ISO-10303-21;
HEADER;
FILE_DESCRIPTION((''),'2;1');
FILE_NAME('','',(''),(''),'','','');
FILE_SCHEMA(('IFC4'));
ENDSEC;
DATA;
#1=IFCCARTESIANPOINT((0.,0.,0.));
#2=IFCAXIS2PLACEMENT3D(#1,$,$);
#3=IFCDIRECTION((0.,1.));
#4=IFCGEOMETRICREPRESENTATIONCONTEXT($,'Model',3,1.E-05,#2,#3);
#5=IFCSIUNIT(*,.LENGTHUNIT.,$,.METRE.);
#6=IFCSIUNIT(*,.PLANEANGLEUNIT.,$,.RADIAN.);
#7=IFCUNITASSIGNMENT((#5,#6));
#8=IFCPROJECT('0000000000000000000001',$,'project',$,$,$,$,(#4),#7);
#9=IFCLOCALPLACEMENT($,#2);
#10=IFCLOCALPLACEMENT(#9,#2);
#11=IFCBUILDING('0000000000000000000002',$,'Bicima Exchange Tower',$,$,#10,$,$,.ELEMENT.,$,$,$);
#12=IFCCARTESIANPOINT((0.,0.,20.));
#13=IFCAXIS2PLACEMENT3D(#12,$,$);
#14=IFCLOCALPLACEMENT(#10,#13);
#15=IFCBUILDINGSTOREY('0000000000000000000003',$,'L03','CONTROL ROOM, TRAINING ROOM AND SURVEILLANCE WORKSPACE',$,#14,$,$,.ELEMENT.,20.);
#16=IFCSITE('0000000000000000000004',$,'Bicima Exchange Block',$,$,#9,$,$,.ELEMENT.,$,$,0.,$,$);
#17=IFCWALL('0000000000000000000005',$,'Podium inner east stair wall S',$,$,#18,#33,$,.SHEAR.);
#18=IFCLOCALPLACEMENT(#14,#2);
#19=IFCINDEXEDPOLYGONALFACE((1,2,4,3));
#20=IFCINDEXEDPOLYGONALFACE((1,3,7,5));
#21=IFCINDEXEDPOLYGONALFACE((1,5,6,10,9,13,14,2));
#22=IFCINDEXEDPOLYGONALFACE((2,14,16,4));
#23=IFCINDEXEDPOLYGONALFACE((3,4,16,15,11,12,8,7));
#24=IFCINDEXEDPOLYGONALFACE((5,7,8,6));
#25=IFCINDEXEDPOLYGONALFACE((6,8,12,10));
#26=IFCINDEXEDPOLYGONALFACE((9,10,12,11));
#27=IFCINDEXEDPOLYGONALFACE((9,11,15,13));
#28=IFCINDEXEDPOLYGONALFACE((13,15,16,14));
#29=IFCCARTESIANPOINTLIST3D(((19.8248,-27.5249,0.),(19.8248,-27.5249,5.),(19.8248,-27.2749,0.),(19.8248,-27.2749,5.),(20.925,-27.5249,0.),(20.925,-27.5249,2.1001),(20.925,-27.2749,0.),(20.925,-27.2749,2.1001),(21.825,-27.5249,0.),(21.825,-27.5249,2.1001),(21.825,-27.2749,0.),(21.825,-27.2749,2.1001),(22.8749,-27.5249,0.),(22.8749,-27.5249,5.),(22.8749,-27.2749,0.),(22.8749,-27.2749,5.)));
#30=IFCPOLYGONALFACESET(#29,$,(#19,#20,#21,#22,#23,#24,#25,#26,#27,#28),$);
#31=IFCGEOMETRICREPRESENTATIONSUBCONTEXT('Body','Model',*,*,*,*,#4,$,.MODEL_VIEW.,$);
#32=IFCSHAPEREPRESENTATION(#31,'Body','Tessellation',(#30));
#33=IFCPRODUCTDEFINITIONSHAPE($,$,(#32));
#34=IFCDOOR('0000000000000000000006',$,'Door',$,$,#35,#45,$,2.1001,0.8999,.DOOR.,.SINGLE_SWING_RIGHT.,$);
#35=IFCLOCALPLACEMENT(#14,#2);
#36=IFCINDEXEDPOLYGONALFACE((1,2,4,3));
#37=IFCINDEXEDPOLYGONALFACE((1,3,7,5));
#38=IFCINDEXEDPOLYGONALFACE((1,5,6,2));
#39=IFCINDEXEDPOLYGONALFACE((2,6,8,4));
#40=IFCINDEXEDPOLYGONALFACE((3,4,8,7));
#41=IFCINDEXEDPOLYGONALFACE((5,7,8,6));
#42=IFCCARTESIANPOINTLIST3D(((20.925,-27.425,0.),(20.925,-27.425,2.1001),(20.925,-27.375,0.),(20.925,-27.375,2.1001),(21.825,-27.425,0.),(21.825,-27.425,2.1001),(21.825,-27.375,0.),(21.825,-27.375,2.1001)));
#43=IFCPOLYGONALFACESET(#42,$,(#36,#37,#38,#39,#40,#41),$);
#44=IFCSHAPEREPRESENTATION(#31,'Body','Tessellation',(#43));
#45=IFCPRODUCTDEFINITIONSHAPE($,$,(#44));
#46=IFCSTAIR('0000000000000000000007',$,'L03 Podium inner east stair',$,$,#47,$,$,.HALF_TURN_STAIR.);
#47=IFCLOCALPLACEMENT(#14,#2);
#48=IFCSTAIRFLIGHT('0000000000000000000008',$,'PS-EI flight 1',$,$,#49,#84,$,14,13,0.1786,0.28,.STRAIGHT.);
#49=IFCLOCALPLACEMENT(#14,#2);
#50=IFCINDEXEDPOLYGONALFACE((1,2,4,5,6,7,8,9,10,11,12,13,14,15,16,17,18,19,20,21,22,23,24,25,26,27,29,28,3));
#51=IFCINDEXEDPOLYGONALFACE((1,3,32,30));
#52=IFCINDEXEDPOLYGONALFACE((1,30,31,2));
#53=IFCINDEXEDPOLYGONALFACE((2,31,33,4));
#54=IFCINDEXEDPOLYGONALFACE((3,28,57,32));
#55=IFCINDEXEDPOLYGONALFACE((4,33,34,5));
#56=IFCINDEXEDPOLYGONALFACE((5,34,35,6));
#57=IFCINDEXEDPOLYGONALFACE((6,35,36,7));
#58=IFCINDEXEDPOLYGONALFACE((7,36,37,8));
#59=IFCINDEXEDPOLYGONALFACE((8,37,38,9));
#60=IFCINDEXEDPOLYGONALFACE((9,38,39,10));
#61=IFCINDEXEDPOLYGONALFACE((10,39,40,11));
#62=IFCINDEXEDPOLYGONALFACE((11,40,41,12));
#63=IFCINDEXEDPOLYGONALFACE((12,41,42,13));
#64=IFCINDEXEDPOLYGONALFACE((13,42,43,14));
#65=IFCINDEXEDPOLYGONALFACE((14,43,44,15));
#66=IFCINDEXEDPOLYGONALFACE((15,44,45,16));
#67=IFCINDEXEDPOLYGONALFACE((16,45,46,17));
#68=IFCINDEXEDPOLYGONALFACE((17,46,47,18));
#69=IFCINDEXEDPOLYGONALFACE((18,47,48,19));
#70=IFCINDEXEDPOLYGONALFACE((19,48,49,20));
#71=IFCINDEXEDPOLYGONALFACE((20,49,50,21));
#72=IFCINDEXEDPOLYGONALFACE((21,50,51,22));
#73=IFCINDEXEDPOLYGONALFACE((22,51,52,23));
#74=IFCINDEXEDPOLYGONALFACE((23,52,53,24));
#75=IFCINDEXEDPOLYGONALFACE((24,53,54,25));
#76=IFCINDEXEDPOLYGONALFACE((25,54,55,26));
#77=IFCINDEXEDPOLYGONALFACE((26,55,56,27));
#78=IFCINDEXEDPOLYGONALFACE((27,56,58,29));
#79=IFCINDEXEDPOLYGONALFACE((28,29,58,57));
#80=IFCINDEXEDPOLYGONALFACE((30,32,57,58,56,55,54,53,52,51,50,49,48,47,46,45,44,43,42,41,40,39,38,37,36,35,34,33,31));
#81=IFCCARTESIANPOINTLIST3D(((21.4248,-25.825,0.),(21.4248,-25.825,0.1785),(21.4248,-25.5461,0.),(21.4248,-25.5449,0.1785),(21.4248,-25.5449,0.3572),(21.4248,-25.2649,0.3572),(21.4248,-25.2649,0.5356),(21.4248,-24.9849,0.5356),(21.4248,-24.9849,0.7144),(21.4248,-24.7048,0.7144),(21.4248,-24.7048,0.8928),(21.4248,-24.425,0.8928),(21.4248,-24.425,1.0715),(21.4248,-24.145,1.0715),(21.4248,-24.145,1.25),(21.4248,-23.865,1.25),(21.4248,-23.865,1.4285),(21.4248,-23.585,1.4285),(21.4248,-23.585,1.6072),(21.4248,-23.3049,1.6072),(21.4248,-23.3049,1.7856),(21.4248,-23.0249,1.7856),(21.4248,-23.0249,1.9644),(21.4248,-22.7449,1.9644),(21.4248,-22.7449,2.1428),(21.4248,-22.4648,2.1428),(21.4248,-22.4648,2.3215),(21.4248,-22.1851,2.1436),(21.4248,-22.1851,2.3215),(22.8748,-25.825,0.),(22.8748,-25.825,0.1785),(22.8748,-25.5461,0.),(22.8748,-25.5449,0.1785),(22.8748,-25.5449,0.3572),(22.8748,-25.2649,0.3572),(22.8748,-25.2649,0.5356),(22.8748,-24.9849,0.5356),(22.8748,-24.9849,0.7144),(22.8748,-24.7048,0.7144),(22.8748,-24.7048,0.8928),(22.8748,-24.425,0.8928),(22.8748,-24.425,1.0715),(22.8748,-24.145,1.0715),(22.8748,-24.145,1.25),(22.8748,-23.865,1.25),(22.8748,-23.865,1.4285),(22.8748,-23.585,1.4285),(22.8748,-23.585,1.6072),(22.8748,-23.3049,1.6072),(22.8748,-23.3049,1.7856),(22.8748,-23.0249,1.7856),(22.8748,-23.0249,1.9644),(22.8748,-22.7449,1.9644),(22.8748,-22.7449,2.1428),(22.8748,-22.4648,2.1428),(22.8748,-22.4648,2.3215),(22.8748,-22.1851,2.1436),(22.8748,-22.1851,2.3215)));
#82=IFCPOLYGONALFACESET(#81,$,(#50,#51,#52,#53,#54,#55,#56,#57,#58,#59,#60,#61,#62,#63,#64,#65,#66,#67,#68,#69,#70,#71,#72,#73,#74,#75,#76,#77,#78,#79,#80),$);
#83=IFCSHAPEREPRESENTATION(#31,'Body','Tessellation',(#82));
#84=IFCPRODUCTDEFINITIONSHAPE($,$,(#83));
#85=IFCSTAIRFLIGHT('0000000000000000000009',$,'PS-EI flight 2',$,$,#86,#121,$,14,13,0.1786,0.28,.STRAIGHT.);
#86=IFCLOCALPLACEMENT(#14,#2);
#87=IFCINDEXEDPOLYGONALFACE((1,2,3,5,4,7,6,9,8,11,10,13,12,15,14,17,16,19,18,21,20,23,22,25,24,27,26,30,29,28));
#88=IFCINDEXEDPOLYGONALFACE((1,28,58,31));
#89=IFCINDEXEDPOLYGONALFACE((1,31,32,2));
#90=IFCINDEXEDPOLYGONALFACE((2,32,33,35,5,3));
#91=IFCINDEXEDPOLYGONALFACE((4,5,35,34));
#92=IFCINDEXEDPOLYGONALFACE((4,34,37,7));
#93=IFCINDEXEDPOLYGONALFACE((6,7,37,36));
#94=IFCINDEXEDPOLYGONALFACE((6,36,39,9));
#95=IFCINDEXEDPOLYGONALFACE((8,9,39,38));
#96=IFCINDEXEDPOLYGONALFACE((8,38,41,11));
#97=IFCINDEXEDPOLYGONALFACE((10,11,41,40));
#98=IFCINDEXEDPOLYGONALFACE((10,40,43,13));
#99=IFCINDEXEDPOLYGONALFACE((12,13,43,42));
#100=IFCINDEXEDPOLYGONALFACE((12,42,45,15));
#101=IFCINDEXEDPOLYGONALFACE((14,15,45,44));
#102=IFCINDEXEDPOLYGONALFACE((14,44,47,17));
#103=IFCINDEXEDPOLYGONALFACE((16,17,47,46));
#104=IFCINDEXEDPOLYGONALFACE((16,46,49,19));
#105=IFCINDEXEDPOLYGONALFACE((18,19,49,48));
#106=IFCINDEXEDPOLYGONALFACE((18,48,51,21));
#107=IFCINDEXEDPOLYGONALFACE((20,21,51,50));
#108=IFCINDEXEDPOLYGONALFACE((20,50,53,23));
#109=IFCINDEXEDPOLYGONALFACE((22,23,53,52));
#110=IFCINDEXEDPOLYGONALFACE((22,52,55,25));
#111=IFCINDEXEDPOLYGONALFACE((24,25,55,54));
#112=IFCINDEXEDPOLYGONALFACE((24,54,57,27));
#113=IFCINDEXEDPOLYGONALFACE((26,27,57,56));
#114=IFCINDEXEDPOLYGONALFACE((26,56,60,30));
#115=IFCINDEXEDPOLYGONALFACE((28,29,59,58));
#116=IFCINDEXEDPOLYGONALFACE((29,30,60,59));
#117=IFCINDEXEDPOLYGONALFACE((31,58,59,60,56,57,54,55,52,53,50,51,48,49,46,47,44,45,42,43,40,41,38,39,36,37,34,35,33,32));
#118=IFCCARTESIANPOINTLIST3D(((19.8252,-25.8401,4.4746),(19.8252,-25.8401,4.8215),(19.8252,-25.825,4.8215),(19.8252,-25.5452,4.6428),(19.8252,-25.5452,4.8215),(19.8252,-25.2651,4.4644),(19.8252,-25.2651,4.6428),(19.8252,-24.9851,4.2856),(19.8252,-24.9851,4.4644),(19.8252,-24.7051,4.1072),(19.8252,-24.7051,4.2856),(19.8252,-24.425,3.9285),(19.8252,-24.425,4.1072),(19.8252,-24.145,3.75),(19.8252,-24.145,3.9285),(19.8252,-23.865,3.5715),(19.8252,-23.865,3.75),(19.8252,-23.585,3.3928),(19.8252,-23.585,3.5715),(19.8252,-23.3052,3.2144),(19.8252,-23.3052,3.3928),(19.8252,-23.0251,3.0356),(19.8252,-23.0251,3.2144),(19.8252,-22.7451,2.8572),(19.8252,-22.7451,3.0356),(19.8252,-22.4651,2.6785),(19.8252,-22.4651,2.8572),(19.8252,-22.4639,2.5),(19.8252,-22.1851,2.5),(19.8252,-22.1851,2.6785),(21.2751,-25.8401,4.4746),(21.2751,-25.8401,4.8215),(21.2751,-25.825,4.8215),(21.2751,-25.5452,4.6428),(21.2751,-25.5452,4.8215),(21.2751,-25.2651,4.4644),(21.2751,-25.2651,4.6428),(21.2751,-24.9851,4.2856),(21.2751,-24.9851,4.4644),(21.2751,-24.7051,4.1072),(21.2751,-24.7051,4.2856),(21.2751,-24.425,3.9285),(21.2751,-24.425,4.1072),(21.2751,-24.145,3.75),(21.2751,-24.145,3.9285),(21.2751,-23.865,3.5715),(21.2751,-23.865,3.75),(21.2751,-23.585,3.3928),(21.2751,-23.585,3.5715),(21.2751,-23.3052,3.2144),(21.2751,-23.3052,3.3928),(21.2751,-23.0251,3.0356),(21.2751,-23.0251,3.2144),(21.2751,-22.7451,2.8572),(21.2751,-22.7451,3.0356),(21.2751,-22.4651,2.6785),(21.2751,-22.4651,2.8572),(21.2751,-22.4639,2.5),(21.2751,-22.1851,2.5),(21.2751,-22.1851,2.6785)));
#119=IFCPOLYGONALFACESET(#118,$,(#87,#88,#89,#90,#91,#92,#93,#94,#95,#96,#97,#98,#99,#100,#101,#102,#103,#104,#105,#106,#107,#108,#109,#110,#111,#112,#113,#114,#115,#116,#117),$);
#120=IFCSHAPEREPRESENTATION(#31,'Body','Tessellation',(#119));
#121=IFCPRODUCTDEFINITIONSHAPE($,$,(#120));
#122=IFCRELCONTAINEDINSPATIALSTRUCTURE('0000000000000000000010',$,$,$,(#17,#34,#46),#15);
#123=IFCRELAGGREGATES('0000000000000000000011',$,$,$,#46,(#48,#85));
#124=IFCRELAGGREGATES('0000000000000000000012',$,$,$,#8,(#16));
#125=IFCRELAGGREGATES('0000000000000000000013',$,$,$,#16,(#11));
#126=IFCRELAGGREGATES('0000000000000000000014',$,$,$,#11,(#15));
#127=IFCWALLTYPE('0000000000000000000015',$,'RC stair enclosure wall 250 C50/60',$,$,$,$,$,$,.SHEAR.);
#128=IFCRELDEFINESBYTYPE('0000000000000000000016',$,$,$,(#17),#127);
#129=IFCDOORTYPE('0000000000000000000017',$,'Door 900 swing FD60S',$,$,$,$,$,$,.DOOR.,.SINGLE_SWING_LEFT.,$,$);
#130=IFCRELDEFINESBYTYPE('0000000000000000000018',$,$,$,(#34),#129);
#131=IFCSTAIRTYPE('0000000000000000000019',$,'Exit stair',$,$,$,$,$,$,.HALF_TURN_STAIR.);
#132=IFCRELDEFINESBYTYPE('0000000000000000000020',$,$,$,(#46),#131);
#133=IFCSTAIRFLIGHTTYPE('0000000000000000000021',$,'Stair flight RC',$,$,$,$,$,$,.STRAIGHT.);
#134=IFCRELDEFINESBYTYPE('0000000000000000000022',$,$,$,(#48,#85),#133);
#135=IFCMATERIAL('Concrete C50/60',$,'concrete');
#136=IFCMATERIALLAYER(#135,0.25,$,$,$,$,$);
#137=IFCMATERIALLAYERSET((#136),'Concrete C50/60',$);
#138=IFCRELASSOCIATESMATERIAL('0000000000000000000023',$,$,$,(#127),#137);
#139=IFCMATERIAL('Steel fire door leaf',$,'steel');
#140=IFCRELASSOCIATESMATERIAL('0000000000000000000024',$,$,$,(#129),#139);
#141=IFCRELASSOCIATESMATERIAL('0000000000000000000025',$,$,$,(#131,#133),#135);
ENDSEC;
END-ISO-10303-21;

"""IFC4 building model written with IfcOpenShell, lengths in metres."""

from ifc_helpers import new_model, si_unit, direction, frame, frame_2d, origin, place, context, subcontext, project, spatial, polyline, rectangle, outline, extrude, material, layer, layer_set, type_object, element, fill, aggregate, save


model = new_model("IFC4")

# Units and contexts
model_context = context("Model", 3, precision=1e-05, world=origin(), true_north=direction((0.0, 1.0)))
body_context = subcontext(model_context, "Body", "Model", "MODEL_VIEW")
ifc_project = project(units=[si_unit("LENGTHUNIT", "METRE"), si_unit("PLANEANGLEUNIT", "RADIAN")], contexts=[model_context])

# Site, building, storey
site_placement = place(None, origin())
site = spatial("IfcSite", under=ifc_project, at=site_placement, Name="Bicima Exchange Block", CompositionType="ELEMENT", RefElevation=0.0)
building_placement = place(site_placement, origin())
building = spatial("IfcBuilding", under=site, at=building_placement, Name="Bicima Exchange Tower", CompositionType="ELEMENT")
storey_placement = place(building_placement, frame((0.0, 0.0, 20.0)))
storey = spatial("IfcBuildingStorey", under=building, at=storey_placement, Name="L03", Description="CONTROL ROOM, TRAINING ROOM AND SURVEILLANCE WORKSPACE", CompositionType="ELEMENT", Elevation=20.0)

# Shared definitions
ifc_material_1 = material(Name="Steel fire door leaf", Category="steel")

# Shared definitions
ifc_material_2 = material(Name="Concrete C50/60", Category="concrete")
ifc_layer_1 = layer(ifc_material_2, 0.25)
ifc_layer_set_1 = layer_set([ifc_layer_1], Name="Concrete C50/60")
wall_type_1 = type_object("IfcWallType", Name="RC stair enclosure wall 250 C50/60", PredefinedType="SHEAR", material=ifc_layer_set_1)

# Wall, opening, door
wall_1_placement = place(storey_placement, frame((19.825, -27.3999, 0.0), z_axis=(0.0, 0.0, 1.0), x_axis=(1.0, 0.0, 0.0)))
wall_1 = element("IfcWall", 1, at=wall_1_placement, inside=storey, type_object=wall_type_1, Name="Podium inner east stair wall S", PredefinedType="SHEAR", context=body_context, shape_type="SweptSolid", body=[
    extrude(rectangle(XDim=3.05, YDim=0.25, at=frame_2d((1.5249, 0.0))), origin(), (0.0, 0.0, 1.0), 5.0),
])
opening_1_placement = place(wall_1_placement, frame((1.1001, 0.0, 0.0)))
opening_1 = element("IfcOpeningElement", 2, at=opening_1_placement, cuts=wall_1, PredefinedType="OPENING", context=body_context, shape_type="SweptSolid", body=[
    extrude(rectangle(XDim=0.8999, YDim=2.1001, at=frame_2d((0.45, 1.05))), frame((0.0, 0.137, 0.0), z_axis=(0.0, -1.0, 0.0), x_axis=(1.0, 0.0, 0.0)), (0.0, 0.0, 1.0), 0.2739),
])
door_type_1 = type_object("IfcDoorType", Name="Door 900 swing FD60S", OperationType="SINGLE_SWING_LEFT", PredefinedType="DOOR", material=ifc_material_1)
door_1_placement = place(opening_1_placement, origin())
door_1 = element("IfcDoor", 3, at=door_1_placement, inside=storey, type_object=door_type_1, Name="Door", OperationType="SINGLE_SWING_RIGHT", OverallHeight=2.1001, OverallWidth=0.8999, PredefinedType="DOOR", context=body_context, shape_type="SweptSolid", body=[
    extrude(rectangle(XDim=0.8999, YDim=2.1001, at=frame_2d((0.45, 1.05))), frame((0.0, 0.0249, 0.0), z_axis=(0.0, -1.0, 0.0), x_axis=(1.0, 0.0, 0.0)), (0.0, 0.0, 1.0), 0.05),
])
fill(opening_1, door_1)

# Stair, stair flights
stair_type = type_object("IfcStairType", Name="Exit stair", PredefinedType="HALF_TURN_STAIR", material=ifc_material_2)
stair_placement = place(storey_placement, origin())
stair = element("IfcStair", 4, at=stair_placement, inside=storey, type_object=stair_type, Name="L03 Podium inner east stair", PredefinedType="HALF_TURN_STAIR")
stair_flight_type = type_object("IfcStairFlightType", Name="Stair flight RC", PredefinedType="STRAIGHT", material=ifc_material_2)
stair_flight_1_placement = place(storey_placement, frame((22.1499, -25.825, 0.0), z_axis=(0.0, 0.0, 1.0), x_axis=(0.0, 1.0, 0.0)))
stair_flight_1 = element("IfcStairFlight", 5, at=stair_flight_1_placement, type_object=stair_flight_type, Name="PS-EI flight 1", NumberOfRisers=14, NumberOfTreads=13, PredefinedType="STRAIGHT", RiserHeight=0.1786, TreadLength=0.28, context=body_context, shape_type="SweptSolid", body=[
    extrude(outline(polyline([(0.0, 0.0), (0.0, 0.1785), (0.28, 0.1785), (0.28, 0.3572), (0.5601, 0.3572), (0.5601, 0.5356), (0.8401, 0.5356), (0.8401, 0.7144), (1.1201, 0.7144), (1.1201, 0.8928), (1.3999, 0.8928), (1.3999, 1.0715), (1.6799, 1.0715), (1.6799, 1.25), (1.96, 1.25), (1.96, 1.4285), (2.24, 1.4285), (2.24, 1.6072), (2.52, 1.6072), (2.52, 1.7856), (2.8, 1.7856), (2.8, 1.9644), (3.0801, 1.9644), (3.0801, 2.1428), (3.3601, 2.1428), (3.3601, 2.3215), (3.6399, 2.3215), (3.6399, 2.5), (3.6399, 2.1436), (0.2788, 0.0), (0.0, 0.0)])), frame((0.0, 0.7251, 0.0), z_axis=(0.0, -1.0, 0.0), x_axis=(1.0, 0.0, 0.0)), (0.0, 0.0, 1.0), 1.45),
])
stair_flight_2_placement = place(storey_placement, frame((20.55, -22.1851, 2.5), z_axis=(0.0, 0.0, 1.0), x_axis=(0.0, -1.0, 0.0)))
stair_flight_2 = element("IfcStairFlight", 6, at=stair_flight_2_placement, type_object=stair_flight_type, Name="PS-EI flight 2", NumberOfRisers=14, NumberOfTreads=13, PredefinedType="STRAIGHT", RiserHeight=0.1786, TreadLength=0.28, context=body_context, shape_type="SweptSolid", body=[
    extrude(outline(polyline([(0.0, 0.0), (0.0, 0.1785), (0.28, 0.1785), (0.28, 0.3572), (0.5601, 0.3572), (0.5601, 0.5356), (0.8401, 0.5356), (0.8401, 0.7144), (1.1201, 0.7144), (1.1201, 0.8928), (1.3999, 0.8928), (1.3999, 1.0715), (1.6799, 1.0715), (1.6799, 1.25), (1.96, 1.25), (1.96, 1.4285), (2.24, 1.4285), (2.24, 1.6072), (2.52, 1.6072), (2.52, 1.7856), (2.8, 1.7856), (2.8, 1.9644), (3.0801, 1.9644), (3.0801, 2.1428), (3.3601, 2.1428), (3.3601, 2.3215), (3.6399, 2.3215), (3.655, 2.3215), (3.655, 1.9746), (0.2788, 0.0), (0.0, 0.0)])), frame((0.0, 0.7251, 0.0), z_axis=(0.0, -1.0, 0.0), x_axis=(1.0, 0.0, 0.0)), (0.0, 0.0, 1.0), 1.45),
])
aggregate(stair, [stair_flight_1, stair_flight_2])

save(model, "model.ifc")
